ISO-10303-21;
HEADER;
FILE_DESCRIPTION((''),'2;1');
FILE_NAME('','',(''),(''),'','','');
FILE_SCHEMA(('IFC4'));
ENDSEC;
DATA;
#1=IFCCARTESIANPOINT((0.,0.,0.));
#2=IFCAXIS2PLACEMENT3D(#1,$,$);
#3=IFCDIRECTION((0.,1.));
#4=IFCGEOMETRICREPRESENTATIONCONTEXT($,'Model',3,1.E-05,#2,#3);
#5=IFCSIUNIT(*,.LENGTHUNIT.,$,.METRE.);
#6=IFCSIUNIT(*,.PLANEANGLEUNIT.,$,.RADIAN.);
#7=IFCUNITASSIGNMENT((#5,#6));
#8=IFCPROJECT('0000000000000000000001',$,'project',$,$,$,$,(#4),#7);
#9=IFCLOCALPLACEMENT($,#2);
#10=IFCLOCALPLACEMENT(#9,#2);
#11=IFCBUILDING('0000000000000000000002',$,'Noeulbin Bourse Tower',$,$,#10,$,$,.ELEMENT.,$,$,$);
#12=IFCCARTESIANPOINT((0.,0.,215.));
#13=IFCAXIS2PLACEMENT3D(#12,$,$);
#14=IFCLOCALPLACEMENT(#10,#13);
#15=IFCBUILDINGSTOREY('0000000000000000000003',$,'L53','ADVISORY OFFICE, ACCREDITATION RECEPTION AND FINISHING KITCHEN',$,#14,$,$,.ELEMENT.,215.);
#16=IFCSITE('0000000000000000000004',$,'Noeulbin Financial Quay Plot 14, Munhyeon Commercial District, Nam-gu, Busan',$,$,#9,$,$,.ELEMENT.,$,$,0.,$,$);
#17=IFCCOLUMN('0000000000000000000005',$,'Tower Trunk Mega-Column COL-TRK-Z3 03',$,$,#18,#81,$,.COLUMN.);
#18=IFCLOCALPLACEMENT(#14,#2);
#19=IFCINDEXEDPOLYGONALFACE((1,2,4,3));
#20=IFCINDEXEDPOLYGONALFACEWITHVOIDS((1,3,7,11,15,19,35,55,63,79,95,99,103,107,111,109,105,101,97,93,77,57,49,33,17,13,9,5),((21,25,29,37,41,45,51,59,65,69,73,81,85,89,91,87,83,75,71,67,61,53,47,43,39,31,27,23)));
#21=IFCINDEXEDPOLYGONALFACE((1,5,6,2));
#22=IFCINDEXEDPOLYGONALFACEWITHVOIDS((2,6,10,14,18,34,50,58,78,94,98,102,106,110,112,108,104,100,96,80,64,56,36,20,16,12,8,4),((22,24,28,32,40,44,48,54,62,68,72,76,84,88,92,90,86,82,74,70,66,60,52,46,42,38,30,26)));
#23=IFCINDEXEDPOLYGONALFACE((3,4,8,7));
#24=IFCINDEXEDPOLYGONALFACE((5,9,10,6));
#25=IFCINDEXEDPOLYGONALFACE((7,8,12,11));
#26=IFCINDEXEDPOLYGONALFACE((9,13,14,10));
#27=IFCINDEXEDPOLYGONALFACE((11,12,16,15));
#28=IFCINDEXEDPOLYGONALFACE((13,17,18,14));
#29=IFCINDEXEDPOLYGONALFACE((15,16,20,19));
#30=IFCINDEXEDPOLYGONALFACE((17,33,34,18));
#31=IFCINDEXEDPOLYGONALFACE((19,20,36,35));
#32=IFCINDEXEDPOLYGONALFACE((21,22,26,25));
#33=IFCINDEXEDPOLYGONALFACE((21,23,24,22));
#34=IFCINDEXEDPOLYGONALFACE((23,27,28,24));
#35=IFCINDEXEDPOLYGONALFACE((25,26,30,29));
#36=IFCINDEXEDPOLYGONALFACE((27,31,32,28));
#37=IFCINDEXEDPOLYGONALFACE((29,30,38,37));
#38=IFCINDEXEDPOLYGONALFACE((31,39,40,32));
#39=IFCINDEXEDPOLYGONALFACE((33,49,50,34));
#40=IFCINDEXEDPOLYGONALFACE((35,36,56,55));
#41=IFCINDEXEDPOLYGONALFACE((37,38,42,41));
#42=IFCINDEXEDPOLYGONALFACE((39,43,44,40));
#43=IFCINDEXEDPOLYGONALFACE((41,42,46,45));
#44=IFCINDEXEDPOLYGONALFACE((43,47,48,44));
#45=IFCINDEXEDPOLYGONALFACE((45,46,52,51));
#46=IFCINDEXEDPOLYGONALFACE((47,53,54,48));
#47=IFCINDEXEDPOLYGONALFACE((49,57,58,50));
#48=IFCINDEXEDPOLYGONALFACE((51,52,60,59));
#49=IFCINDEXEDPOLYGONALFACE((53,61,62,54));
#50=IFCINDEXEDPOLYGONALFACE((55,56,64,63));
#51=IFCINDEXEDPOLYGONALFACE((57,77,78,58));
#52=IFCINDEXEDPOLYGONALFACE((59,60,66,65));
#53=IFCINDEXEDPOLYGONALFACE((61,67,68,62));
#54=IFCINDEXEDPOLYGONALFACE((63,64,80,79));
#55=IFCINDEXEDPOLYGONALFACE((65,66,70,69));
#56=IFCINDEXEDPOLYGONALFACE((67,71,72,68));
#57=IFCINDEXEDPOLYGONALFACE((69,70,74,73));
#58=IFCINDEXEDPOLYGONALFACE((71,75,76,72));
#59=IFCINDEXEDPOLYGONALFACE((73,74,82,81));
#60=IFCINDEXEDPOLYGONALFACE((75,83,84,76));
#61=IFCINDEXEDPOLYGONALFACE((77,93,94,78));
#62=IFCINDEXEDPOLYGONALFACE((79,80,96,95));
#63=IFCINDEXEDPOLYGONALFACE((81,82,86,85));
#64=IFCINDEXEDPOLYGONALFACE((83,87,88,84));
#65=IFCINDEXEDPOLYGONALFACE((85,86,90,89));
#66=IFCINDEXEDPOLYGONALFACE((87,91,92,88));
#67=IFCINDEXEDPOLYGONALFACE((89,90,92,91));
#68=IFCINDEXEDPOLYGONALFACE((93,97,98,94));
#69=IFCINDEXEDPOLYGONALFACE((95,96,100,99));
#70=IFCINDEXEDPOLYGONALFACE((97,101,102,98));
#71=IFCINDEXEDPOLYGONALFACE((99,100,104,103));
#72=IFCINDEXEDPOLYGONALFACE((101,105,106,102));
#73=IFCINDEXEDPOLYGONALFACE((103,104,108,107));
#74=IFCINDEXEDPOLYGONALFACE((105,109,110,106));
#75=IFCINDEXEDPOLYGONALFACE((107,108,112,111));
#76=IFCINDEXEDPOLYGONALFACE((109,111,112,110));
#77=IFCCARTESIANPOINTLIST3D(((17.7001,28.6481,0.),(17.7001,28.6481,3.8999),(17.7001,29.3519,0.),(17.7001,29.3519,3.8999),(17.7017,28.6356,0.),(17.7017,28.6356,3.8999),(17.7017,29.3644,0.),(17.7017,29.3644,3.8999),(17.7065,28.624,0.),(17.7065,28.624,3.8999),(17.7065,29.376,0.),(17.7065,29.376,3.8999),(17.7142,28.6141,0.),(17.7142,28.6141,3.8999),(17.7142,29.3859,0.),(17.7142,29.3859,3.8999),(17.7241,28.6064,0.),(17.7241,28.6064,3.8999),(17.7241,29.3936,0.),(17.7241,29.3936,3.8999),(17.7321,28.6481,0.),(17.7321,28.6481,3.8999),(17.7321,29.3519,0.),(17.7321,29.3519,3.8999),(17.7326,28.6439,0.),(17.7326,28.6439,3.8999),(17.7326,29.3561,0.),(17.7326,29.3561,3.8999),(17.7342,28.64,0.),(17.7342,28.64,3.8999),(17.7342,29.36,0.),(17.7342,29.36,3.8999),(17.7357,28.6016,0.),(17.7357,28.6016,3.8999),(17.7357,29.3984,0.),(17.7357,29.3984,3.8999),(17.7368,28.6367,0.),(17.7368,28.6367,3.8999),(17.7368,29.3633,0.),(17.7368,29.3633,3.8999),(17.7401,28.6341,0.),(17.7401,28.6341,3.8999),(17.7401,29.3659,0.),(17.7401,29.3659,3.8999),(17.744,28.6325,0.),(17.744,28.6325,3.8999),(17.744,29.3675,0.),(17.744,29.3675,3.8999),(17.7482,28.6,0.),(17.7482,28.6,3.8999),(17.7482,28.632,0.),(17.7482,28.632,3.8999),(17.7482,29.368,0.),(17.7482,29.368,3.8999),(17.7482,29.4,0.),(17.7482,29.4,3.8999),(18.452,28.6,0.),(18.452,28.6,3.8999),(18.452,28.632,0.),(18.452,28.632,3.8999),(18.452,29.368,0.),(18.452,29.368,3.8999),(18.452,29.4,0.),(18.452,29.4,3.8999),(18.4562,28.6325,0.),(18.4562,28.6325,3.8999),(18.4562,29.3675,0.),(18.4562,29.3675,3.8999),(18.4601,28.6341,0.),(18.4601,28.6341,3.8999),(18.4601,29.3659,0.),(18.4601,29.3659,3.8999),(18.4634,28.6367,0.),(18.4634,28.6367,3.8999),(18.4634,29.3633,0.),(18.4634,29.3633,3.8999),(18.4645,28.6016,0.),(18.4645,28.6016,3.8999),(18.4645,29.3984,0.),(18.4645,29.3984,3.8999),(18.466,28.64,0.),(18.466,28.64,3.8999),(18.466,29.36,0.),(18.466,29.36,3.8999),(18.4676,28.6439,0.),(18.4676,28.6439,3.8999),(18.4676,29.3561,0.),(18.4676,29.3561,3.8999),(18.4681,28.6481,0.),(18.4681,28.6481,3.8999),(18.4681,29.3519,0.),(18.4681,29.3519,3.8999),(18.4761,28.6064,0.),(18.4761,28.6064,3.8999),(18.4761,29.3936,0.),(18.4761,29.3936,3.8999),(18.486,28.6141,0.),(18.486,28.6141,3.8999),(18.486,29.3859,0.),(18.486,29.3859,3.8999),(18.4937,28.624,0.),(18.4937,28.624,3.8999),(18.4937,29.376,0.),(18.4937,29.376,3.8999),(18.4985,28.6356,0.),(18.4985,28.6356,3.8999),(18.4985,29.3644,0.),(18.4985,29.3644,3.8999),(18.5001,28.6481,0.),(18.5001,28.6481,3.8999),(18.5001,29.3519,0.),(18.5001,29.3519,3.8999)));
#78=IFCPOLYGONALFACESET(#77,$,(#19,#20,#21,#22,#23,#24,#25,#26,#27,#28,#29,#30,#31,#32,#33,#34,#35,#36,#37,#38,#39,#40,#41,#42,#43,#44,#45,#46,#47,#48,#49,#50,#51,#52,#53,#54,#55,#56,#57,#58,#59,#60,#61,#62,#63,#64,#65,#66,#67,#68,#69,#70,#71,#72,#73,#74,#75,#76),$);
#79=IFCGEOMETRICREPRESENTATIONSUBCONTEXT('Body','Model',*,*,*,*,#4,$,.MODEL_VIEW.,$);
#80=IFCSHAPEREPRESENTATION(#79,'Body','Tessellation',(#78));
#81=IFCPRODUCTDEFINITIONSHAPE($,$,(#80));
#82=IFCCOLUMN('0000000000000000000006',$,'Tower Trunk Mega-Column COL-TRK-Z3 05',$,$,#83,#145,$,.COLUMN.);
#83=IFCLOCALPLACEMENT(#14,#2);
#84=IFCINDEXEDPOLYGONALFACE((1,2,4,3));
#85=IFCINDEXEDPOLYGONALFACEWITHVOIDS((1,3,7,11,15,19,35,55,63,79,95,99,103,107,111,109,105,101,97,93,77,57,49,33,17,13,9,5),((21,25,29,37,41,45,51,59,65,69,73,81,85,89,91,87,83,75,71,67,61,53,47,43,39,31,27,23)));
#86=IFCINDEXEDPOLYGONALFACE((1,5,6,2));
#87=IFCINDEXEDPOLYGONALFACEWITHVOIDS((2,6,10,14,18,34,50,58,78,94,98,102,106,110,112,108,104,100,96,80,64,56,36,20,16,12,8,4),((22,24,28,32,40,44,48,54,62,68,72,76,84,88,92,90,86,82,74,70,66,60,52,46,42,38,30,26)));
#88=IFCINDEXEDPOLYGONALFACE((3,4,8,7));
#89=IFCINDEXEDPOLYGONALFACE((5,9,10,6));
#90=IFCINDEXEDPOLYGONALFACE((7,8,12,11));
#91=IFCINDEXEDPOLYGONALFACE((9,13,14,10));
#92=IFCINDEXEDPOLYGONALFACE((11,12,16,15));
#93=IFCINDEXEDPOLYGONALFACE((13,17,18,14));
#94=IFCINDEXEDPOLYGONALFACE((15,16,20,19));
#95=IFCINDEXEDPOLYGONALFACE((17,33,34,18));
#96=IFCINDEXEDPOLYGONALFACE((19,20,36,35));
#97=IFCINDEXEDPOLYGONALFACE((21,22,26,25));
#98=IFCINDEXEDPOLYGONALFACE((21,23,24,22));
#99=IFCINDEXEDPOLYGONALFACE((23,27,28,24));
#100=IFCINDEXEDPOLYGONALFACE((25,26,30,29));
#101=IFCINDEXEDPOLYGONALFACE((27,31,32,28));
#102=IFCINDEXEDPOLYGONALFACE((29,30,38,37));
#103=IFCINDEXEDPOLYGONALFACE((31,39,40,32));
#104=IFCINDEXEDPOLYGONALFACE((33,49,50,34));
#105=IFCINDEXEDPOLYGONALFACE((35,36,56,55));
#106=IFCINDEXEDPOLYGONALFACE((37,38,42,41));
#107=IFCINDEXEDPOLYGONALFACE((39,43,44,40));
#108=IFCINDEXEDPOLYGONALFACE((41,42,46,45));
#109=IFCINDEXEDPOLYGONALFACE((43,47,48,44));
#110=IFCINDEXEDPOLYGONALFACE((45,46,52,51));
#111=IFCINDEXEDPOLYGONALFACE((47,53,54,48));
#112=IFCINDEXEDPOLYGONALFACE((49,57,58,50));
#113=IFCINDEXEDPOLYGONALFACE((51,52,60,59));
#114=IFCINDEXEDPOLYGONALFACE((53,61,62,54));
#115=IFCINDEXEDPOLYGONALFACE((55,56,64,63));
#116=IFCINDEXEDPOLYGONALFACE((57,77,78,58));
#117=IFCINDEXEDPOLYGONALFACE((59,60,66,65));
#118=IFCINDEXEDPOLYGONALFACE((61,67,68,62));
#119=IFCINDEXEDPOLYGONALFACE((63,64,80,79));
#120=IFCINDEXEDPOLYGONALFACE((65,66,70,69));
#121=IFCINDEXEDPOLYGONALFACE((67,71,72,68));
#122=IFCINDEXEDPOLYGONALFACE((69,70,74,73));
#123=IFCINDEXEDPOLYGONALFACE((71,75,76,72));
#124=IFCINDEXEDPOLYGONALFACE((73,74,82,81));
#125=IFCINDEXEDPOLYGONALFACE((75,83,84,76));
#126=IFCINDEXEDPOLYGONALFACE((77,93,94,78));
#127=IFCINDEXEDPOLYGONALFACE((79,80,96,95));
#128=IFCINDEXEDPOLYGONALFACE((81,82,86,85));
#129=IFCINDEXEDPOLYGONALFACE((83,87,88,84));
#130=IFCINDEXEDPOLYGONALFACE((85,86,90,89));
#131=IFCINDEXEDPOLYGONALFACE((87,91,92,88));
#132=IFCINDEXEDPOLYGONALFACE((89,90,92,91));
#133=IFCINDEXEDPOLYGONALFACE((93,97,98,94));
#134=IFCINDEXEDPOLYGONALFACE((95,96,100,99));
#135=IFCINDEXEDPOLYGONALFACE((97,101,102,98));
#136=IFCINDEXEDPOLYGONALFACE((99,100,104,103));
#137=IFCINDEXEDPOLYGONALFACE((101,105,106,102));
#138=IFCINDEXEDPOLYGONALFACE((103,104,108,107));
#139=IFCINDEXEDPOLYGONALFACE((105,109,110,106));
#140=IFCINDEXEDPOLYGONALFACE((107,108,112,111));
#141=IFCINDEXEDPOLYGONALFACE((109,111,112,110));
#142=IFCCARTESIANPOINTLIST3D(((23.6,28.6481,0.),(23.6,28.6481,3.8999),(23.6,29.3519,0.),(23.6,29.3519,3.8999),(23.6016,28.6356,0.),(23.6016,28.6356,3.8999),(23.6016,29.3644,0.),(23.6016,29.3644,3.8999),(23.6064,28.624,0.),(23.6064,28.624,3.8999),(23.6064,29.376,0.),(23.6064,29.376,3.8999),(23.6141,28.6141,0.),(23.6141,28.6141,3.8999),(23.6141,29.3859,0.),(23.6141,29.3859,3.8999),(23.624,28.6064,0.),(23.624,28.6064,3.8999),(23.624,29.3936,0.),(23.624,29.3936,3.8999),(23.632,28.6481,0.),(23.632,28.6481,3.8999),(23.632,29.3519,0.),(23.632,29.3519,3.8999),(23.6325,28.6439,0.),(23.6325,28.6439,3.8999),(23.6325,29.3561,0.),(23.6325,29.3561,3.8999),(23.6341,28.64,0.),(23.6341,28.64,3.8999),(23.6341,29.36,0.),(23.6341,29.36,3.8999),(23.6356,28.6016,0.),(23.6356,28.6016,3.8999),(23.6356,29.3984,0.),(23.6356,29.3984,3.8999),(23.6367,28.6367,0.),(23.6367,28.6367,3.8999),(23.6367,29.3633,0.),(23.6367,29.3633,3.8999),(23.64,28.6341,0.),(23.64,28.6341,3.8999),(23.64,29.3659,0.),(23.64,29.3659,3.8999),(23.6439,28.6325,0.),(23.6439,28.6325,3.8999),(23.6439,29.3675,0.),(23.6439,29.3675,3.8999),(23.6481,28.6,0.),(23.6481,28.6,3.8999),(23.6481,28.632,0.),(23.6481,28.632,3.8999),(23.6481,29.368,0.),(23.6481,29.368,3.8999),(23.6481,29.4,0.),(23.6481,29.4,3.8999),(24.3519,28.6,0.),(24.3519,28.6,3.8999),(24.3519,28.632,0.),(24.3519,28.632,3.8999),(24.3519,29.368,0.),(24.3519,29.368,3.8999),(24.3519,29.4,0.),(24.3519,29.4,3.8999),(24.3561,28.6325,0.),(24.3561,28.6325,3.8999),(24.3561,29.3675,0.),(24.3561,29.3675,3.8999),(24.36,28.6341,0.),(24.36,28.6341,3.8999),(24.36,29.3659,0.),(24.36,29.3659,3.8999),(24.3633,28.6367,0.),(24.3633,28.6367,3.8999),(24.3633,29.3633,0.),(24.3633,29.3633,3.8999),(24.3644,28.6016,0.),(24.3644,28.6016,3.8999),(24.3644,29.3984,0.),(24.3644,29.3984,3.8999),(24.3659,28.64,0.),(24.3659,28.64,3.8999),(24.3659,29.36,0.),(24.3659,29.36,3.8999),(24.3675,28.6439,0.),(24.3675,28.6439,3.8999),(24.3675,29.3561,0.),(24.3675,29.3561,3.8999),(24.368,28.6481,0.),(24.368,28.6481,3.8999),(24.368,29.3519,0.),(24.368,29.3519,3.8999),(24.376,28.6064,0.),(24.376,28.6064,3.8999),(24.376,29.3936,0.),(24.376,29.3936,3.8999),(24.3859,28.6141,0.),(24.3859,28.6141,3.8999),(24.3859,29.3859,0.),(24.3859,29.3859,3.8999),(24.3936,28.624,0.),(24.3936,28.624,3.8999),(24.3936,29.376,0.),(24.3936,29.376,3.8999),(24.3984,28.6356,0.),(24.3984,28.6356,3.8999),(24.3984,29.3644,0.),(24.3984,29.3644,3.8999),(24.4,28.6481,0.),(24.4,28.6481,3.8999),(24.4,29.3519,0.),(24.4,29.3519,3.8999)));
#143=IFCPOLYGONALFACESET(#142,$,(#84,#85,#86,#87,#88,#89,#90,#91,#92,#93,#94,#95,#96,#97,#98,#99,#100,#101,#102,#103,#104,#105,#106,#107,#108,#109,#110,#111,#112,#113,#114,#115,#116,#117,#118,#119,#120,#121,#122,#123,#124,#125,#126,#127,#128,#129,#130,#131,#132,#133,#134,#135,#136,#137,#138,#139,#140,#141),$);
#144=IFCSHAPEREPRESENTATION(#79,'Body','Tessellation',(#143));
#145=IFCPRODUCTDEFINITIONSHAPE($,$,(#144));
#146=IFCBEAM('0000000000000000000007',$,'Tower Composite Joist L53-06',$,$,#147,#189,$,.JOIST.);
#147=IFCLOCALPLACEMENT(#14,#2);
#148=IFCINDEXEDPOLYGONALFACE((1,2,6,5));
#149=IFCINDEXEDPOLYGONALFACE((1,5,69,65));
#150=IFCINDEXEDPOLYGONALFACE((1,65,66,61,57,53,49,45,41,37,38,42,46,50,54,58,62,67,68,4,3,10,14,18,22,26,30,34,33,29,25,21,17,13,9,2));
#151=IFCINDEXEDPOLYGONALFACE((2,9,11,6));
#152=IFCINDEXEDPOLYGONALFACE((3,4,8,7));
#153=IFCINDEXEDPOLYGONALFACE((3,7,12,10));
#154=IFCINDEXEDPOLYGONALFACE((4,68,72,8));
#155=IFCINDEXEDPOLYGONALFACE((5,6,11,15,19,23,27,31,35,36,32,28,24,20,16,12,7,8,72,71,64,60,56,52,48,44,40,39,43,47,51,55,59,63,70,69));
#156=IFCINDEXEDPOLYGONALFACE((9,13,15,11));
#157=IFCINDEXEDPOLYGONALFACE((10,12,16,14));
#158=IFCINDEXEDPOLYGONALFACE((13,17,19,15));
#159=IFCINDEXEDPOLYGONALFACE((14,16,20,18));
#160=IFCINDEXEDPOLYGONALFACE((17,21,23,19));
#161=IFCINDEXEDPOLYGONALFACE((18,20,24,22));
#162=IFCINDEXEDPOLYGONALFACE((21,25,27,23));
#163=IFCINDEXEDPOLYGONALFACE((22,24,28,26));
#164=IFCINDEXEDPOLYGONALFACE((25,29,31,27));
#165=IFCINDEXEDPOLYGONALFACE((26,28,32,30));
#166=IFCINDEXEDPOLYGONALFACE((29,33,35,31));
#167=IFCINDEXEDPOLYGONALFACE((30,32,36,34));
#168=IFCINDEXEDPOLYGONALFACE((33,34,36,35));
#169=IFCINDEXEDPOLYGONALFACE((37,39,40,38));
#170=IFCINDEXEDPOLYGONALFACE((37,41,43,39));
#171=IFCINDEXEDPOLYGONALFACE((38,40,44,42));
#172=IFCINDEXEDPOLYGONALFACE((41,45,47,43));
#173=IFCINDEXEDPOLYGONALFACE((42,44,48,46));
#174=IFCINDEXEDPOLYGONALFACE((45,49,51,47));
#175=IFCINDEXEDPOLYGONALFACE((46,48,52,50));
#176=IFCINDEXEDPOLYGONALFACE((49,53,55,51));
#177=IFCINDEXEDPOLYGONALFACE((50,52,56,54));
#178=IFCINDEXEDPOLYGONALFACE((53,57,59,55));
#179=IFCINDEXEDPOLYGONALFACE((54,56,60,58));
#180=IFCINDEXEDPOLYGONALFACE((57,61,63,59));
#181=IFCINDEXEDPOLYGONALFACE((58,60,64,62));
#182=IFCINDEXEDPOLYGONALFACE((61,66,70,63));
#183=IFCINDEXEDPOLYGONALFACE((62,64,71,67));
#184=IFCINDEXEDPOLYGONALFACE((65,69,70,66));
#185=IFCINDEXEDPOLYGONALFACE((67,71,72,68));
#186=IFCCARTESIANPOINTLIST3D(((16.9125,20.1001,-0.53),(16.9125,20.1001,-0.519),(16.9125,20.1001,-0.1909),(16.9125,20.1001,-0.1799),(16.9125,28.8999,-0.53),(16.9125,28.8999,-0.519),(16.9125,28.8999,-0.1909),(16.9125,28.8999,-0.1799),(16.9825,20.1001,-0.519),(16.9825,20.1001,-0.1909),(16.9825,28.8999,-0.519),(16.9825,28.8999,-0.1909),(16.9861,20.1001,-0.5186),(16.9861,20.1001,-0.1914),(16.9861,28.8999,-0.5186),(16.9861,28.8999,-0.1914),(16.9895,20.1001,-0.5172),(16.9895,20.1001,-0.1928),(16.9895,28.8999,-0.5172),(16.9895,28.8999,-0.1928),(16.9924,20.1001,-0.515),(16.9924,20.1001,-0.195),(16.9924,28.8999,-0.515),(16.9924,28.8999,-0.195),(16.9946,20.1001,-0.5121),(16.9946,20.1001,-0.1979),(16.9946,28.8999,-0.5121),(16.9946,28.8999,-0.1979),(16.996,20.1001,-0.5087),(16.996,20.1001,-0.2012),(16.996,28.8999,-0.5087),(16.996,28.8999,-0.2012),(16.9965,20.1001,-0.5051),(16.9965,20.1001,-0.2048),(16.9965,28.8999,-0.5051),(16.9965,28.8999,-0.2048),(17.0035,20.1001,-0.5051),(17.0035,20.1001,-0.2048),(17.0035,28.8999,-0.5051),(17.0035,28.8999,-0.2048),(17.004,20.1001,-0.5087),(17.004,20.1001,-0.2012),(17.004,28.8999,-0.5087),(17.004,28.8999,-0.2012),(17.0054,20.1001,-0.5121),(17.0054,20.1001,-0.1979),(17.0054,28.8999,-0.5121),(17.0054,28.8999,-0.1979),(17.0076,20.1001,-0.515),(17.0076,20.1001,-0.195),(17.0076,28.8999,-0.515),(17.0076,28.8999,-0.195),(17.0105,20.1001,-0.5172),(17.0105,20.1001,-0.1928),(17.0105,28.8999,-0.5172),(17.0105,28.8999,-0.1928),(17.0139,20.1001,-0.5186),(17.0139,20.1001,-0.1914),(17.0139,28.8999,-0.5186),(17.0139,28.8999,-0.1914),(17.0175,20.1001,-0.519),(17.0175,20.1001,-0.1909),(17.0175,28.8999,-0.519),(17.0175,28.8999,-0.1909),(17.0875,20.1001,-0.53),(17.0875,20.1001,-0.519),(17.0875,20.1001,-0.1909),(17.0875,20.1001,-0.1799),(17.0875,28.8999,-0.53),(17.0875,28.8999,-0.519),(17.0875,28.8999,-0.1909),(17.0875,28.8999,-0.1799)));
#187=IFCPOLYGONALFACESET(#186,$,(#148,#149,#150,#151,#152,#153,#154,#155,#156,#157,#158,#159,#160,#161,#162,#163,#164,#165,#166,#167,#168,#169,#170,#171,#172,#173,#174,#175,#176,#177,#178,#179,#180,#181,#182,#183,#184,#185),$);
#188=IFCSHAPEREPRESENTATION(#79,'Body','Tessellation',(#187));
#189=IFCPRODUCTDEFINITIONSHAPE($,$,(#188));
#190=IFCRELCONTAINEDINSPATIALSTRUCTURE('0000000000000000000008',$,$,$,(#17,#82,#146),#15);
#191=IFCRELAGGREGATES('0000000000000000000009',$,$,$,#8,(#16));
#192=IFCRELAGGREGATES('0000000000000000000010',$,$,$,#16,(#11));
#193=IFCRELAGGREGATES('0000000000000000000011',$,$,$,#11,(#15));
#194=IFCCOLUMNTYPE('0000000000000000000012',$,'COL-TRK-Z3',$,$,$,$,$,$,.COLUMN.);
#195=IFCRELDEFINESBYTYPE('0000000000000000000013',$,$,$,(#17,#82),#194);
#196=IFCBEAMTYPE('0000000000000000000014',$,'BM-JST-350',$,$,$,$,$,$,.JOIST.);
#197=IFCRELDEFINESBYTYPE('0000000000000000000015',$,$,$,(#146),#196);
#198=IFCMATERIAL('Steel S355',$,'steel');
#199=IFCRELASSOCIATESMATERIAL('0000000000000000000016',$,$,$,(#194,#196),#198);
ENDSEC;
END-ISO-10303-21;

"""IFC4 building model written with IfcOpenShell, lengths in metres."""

from ifc_helpers import new_model, si_unit, direction, frame, origin, origin_2d, place, context, subcontext, project, spatial, hollow_rectangle, i_section, extrude, material, material_profile, profile_set, type_object, element, save


model = new_model("IFC4")

# Units and contexts
model_context = context("Model", 3, precision=1e-05, world=origin(), true_north=direction((0.0, 1.0)))
body_context = subcontext(model_context, "Body", "Model", "MODEL_VIEW")
ifc_project = project(units=[si_unit("LENGTHUNIT", "METRE"), si_unit("PLANEANGLEUNIT", "RADIAN")], contexts=[model_context])

# Site, building, storey
site_placement = place(None, origin())
site = spatial("IfcSite", under=ifc_project, at=site_placement, Name="Noeulbin Financial Quay Plot 14, Munhyeon Commercial District, Nam-gu, Busan", CompositionType="ELEMENT", RefElevation=0.0)
building_placement = place(site_placement, origin())
building = spatial("IfcBuilding", under=site, at=building_placement, Name="Noeulbin Bourse Tower", CompositionType="ELEMENT")
storey_placement = place(building_placement, frame((0.0, 0.0, 215.0)))
storey = spatial("IfcBuildingStorey", under=building, at=storey_placement, Name="L53", Description="ADVISORY OFFICE, ACCREDITATION RECEPTION AND FINISHING KITCHEN", CompositionType="ELEMENT", Elevation=215.0)

# Columns
ifc_material_1 = material(Name="Steel S355", Category="steel")
ifc_material_profile_1 = material_profile(ifc_material_1, hollow_rectangle(XDim=0.8, YDim=0.8, WallThickness=0.032, InnerFilletRadius=0.0161, OuterFilletRadius=0.0481, at=origin_2d()), Name="BOX-800x800x32", Category="LoadBearing")
ifc_profile_set_1 = profile_set([ifc_material_profile_1], Name="Steel S355")
column_type = type_object("IfcColumnType", Name="COL-TRK-Z3", PredefinedType="COLUMN", material=ifc_profile_set_1)
for number, where, z_axis, x_axis, name in (
    (1, (18.1001, 29.0, 0.0), (0.0, 0.0, 1.0), (1.0, 0.0, 0.0), "Tower Trunk Mega-Column COL-TRK-Z3 03"),
    (2, (24.0, 29.0, 0.0), (0.0, 0.0, 1.0), (1.0, 0.0, 0.0), "Tower Trunk Mega-Column COL-TRK-Z3 05"),
):
    element("IfcColumn", number, at=place(storey_placement, frame(where, z_axis=z_axis, x_axis=x_axis)), inside=storey, type_object=column_type, Name=name, PredefinedType="COLUMN", context=body_context, shape_type="SweptSolid", body=[
        extrude(hollow_rectangle(XDim=0.8, YDim=0.8, WallThickness=0.032, InnerFilletRadius=0.0161, OuterFilletRadius=0.0481, at=origin_2d()), origin(), (0.0, 0.0, 1.0), 3.8999),
    ])

# Beam
ifc_material_profile_2 = material_profile(ifc_material_1, i_section(OverallWidth=0.175, OverallDepth=0.3501, WebThickness=0.0071, FlangeThickness=0.011, FilletRadius=0.0139, at=origin_2d()), Name="H-350x175x7x11", Category="LoadBearing")
ifc_profile_set_2 = profile_set([ifc_material_profile_2], Name="Steel S355")
beam_type = type_object("IfcBeamType", Name="BM-JST-350", PredefinedType="JOIST", material=ifc_profile_set_2)
for number, where, z_axis, x_axis, name in (
    (3, (17.0, 20.1001, -0.355), (0.0, 1.0, 0.0), (-1.0, 0.0, 0.0), "Tower Composite Joist L53-06"),
):
    element("IfcBeam", number, at=place(storey_placement, frame(where, z_axis=z_axis, x_axis=x_axis)), inside=storey, type_object=beam_type, Name=name, PredefinedType="JOIST", context=body_context, shape_type="SweptSolid", body=[
        extrude(i_section(OverallWidth=0.175, OverallDepth=0.3501, WebThickness=0.0071, FlangeThickness=0.011, FilletRadius=0.0139, at=origin_2d()), origin(), (0.0, 0.0, 1.0), 8.7998),
    ])

save(model, "model.ifc")
